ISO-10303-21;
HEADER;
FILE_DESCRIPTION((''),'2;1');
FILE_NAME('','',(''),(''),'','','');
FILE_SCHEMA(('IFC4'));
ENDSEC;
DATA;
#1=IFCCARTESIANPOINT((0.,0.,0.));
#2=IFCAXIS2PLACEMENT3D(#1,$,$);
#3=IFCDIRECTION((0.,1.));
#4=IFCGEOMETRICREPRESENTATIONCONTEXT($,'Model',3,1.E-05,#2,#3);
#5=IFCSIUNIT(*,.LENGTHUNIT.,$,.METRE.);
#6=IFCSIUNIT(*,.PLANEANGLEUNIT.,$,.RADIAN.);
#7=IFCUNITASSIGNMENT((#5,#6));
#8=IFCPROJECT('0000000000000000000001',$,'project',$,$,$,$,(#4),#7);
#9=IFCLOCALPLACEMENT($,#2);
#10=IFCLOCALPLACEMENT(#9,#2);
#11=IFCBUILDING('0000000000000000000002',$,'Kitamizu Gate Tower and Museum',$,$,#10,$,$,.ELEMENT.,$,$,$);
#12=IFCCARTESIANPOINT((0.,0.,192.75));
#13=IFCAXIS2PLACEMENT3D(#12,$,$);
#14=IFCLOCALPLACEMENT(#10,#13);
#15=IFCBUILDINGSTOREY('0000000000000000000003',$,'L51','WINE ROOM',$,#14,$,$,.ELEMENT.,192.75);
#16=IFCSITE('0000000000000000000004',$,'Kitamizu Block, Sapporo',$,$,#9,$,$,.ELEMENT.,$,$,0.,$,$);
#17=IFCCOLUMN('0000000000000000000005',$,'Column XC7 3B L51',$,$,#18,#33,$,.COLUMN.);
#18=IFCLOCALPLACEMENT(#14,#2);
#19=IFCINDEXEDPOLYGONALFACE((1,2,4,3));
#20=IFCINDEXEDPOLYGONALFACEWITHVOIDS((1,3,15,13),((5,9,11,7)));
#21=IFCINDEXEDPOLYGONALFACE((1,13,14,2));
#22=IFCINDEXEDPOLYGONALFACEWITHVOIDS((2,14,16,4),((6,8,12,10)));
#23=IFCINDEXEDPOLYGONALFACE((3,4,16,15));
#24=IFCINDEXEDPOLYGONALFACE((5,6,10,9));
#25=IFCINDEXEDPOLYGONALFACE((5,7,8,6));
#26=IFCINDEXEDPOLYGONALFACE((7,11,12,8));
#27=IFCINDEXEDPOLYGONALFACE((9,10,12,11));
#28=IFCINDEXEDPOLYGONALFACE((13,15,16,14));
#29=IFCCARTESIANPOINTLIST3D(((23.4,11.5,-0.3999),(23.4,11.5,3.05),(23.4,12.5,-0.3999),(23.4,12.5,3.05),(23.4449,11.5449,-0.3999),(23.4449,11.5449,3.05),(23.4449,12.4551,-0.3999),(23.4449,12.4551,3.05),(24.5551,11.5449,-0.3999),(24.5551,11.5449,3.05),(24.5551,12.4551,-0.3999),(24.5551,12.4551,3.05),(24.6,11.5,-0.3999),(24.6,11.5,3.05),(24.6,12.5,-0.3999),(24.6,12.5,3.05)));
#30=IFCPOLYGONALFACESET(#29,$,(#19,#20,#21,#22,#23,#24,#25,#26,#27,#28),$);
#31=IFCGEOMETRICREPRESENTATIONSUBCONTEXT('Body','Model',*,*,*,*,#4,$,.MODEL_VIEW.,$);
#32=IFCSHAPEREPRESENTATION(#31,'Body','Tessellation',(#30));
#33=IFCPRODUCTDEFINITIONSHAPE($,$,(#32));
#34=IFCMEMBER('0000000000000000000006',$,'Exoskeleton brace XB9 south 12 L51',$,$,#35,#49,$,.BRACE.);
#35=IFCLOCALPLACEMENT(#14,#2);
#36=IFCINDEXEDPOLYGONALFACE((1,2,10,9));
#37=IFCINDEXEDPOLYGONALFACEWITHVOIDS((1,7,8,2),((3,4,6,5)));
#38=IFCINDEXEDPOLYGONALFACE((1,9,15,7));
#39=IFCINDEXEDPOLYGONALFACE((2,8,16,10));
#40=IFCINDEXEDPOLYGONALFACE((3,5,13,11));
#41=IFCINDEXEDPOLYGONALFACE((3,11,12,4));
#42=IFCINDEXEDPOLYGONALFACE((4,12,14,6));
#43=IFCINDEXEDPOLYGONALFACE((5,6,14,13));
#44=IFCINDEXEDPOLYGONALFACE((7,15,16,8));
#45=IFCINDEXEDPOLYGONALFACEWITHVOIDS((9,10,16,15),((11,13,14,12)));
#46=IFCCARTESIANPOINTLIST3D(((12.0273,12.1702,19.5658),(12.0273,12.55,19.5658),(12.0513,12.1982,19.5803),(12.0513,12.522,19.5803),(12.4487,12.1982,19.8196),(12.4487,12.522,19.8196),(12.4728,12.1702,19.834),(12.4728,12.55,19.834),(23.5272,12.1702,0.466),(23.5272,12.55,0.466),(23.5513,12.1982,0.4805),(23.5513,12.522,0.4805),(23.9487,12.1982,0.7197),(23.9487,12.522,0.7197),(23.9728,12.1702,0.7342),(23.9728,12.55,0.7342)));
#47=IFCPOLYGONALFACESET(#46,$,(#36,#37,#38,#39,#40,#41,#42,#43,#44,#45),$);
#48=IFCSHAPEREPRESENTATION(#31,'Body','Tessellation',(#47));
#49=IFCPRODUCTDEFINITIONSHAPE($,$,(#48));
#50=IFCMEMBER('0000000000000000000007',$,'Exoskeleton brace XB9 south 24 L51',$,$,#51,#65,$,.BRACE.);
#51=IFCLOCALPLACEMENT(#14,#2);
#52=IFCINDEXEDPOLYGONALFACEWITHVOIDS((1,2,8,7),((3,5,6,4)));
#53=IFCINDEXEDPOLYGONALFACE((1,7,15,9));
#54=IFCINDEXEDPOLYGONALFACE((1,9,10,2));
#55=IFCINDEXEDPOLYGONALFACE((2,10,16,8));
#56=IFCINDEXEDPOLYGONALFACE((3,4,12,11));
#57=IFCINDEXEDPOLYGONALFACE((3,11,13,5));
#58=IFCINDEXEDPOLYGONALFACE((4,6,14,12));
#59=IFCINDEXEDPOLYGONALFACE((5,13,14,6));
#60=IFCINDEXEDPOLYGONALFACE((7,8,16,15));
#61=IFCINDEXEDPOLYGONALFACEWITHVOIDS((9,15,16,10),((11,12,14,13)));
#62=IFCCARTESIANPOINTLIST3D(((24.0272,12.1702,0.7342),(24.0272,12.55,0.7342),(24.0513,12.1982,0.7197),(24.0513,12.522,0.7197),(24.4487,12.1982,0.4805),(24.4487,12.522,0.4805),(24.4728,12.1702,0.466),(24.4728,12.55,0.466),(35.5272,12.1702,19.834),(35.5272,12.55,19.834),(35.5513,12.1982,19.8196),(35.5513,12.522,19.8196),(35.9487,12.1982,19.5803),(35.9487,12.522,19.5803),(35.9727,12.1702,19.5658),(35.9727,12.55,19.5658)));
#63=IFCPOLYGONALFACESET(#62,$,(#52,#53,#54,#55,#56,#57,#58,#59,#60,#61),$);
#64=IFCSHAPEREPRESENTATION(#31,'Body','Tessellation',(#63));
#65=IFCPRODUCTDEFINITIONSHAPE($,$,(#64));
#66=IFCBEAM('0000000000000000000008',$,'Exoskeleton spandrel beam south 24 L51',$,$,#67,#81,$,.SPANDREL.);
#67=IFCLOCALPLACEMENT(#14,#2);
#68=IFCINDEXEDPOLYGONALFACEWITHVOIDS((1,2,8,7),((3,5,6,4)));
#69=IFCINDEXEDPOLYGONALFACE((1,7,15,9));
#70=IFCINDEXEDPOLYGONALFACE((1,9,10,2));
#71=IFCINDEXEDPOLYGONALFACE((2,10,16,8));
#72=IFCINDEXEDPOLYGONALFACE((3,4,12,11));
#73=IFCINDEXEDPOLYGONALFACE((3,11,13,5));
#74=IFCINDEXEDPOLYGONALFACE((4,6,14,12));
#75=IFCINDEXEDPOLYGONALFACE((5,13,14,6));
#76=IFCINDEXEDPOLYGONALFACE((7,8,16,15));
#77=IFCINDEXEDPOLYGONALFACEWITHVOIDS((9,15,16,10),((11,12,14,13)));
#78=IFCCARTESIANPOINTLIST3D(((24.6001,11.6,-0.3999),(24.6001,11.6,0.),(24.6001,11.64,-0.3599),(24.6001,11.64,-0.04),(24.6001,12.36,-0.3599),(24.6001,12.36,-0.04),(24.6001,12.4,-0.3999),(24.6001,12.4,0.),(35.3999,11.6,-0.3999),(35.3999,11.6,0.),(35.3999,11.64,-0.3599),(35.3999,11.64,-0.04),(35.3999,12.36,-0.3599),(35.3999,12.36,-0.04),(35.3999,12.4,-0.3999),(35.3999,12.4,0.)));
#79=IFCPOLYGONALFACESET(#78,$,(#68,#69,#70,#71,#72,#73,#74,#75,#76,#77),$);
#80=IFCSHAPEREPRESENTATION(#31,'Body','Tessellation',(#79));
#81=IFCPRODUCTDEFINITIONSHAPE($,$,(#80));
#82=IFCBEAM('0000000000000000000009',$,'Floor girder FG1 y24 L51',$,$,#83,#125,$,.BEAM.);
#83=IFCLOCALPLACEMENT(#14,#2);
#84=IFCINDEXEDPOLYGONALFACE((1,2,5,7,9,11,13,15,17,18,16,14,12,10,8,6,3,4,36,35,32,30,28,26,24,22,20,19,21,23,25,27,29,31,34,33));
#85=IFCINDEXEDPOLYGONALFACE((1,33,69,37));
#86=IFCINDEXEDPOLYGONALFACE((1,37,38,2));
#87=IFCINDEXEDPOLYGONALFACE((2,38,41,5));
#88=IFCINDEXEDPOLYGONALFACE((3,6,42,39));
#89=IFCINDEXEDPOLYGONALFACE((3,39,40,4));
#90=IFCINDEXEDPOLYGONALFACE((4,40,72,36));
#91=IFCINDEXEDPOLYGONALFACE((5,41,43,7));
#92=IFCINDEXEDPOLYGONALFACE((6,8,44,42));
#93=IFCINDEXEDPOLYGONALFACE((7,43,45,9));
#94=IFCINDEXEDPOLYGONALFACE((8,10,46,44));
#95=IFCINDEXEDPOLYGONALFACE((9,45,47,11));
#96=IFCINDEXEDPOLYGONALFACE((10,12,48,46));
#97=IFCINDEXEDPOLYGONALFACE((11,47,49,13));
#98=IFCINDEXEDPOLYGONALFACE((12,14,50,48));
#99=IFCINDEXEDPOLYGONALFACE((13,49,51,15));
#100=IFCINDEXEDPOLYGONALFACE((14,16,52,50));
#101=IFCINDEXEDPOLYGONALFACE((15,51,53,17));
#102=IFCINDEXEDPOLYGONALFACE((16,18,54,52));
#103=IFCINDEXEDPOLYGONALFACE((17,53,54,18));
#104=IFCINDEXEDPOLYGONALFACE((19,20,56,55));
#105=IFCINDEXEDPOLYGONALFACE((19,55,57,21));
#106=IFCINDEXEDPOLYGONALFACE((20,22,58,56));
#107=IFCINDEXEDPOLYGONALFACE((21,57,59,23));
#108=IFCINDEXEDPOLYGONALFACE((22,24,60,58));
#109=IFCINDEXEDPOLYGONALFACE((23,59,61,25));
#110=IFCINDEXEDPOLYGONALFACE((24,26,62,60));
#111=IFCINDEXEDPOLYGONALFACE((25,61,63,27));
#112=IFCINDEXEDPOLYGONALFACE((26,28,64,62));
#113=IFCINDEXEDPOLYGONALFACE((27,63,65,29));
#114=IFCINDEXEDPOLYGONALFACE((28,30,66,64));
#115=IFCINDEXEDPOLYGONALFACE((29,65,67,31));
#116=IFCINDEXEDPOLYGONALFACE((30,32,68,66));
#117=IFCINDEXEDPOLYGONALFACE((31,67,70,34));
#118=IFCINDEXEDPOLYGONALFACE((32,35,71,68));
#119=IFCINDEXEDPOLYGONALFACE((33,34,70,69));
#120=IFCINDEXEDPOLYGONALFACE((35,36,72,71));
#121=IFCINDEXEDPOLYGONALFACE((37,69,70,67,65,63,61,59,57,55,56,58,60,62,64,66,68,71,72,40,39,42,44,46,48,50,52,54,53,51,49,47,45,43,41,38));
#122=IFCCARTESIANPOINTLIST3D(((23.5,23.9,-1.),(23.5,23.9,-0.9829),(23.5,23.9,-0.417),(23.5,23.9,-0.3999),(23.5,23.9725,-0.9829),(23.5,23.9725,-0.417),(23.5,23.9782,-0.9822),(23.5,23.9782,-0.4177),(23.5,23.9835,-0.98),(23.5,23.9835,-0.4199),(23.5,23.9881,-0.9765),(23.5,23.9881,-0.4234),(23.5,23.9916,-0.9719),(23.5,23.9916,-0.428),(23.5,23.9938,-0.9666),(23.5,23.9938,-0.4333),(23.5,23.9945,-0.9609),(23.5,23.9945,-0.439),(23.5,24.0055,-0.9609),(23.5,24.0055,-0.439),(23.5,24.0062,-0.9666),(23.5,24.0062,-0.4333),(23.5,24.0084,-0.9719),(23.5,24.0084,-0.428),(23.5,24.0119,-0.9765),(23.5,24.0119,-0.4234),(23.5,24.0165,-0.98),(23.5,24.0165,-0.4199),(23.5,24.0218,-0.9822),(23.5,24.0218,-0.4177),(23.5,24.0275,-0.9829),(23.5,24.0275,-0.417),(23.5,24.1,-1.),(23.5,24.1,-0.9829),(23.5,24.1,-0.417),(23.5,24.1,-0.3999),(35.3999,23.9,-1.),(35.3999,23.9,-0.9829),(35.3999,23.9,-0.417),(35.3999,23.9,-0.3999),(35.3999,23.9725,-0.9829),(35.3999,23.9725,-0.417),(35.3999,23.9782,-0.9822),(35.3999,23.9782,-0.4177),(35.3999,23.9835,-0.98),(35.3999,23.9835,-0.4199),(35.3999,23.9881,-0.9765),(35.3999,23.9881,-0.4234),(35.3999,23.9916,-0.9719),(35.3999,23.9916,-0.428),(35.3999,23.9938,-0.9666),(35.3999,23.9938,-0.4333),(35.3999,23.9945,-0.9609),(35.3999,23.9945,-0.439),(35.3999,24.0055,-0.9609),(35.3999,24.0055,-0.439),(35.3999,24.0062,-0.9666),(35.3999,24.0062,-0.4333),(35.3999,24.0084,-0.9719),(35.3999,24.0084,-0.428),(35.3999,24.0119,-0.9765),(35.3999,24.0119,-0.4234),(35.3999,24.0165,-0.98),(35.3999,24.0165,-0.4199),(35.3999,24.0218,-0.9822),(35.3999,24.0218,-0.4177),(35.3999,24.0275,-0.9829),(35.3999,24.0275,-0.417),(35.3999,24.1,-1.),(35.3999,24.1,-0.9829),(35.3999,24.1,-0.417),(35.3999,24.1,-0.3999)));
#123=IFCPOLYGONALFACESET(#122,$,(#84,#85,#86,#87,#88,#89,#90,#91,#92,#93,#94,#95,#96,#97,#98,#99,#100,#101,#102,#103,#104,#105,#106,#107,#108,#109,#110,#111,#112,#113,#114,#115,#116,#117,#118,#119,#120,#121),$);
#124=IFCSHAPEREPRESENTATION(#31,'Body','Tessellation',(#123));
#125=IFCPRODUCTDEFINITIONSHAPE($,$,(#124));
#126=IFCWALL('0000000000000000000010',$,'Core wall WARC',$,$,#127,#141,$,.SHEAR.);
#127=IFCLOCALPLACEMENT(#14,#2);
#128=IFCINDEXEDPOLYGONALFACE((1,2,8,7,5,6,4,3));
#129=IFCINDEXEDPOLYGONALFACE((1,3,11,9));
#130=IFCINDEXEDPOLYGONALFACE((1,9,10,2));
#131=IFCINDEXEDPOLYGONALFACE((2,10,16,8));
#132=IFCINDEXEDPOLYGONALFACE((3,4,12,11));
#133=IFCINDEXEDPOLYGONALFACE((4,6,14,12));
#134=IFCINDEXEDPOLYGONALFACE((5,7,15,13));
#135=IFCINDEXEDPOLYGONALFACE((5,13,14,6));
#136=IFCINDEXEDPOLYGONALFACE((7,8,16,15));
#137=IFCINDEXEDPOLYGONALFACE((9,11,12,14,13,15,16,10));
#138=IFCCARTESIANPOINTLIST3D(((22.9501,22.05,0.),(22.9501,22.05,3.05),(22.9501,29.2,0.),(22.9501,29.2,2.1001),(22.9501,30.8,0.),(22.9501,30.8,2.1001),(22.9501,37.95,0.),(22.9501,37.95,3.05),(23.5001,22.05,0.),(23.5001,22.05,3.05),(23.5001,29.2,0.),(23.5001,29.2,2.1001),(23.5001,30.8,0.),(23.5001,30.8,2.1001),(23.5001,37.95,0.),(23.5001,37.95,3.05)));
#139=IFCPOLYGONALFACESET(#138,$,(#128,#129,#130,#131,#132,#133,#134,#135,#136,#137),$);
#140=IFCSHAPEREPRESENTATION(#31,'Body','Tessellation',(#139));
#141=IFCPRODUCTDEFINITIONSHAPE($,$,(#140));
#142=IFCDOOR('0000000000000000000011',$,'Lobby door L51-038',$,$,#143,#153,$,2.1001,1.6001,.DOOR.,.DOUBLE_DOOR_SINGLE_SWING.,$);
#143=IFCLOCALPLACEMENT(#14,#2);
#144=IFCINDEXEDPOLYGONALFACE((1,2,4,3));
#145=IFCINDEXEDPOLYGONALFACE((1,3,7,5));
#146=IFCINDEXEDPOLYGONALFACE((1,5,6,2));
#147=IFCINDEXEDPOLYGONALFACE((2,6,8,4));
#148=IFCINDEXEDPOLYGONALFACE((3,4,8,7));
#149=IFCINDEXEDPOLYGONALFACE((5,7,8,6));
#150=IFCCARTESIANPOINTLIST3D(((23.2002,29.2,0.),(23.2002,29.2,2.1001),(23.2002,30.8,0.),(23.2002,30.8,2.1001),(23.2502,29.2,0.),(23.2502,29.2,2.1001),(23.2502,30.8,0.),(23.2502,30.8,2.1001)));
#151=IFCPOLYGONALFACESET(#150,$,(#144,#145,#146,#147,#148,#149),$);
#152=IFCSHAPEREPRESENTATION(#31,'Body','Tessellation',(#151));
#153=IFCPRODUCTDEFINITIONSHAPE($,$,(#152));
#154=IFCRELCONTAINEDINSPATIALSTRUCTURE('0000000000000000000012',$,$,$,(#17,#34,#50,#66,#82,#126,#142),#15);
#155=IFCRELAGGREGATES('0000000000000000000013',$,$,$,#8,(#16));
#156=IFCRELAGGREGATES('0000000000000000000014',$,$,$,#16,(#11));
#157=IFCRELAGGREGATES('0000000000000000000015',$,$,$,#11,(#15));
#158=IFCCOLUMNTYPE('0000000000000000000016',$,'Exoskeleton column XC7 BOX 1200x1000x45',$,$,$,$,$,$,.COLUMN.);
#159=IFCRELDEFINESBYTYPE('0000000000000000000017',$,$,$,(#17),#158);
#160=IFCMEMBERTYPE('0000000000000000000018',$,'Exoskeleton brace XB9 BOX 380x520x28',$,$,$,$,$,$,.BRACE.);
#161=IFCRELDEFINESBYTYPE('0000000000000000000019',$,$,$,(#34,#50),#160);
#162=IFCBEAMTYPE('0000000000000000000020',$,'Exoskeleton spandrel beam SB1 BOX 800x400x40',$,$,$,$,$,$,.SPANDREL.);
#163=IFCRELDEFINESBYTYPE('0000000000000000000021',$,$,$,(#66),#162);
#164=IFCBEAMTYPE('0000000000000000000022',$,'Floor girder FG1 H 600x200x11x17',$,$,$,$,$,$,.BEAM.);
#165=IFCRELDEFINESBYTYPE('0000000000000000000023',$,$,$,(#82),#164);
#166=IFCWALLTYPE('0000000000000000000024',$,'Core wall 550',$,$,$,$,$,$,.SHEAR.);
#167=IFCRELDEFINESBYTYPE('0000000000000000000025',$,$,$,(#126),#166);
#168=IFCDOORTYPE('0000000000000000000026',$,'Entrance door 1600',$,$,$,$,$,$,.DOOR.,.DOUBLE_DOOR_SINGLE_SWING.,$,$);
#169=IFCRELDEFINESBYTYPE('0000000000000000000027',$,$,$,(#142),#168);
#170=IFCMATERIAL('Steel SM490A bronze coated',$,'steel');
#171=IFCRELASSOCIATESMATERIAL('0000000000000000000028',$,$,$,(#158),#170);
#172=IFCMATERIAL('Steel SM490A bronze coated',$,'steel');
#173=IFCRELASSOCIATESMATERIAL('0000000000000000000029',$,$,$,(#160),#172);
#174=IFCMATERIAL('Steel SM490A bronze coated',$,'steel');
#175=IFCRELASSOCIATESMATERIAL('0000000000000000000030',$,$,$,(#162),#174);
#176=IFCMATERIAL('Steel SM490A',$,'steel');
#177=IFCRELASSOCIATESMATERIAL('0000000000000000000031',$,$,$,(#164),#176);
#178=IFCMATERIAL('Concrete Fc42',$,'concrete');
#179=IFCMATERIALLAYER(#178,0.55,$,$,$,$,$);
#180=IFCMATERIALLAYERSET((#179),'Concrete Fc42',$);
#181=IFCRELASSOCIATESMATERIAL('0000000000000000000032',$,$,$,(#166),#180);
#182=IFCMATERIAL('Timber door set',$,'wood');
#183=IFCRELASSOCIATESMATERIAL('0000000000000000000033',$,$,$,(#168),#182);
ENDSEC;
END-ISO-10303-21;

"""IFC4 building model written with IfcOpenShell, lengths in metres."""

from ifc_helpers import new_model, si_unit, direction, frame, frame_2d, origin, origin_2d, place, context, subcontext, project, spatial, rectangle, hollow_rectangle, i_section, extrude, material, layer, layer_set, material_profile, profile_set, type_object, element, fill, save


model = new_model("IFC4")

# Units and contexts
model_context = context("Model", 3, precision=1e-05, world=origin(), true_north=direction((0.0, 1.0)))
body_context = subcontext(model_context, "Body", "Model", "MODEL_VIEW")
ifc_project = project(units=[si_unit("LENGTHUNIT", "METRE"), si_unit("PLANEANGLEUNIT", "RADIAN")], contexts=[model_context])

# Site, building, storey
site_placement = place(None, origin())
site = spatial("IfcSite", under=ifc_project, at=site_placement, Name="Kitamizu Block, Sapporo", CompositionType="ELEMENT", RefElevation=0.0)
building_placement = place(site_placement, origin())
building = spatial("IfcBuilding", under=site, at=building_placement, Name="Kitamizu Gate Tower and Museum", CompositionType="ELEMENT")
storey_placement = place(building_placement, frame((0.0, 0.0, 192.75)))
storey = spatial("IfcBuildingStorey", under=building, at=storey_placement, Name="L51", Description="WINE ROOM", CompositionType="ELEMENT", Elevation=192.75)

# Column
ifc_material_1 = material(Name="Steel SM490A bronze coated", Category="steel")
ifc_material_profile_1 = material_profile(ifc_material_1, hollow_rectangle(XDim=1.2, YDim=1.0, WallThickness=0.0449, at=origin_2d()), Name="BOX 1200x1000x45")
ifc_profile_set_1 = profile_set([ifc_material_profile_1], Name="Steel SM490A bronze coated")
column_type = type_object("IfcColumnType", Name="Exoskeleton column XC7 BOX 1200x1000x45", PredefinedType="COLUMN", material=ifc_profile_set_1)
column_placement = place(storey_placement, frame((24.0, 12.0, -0.3999), z_axis=(0.0, 0.0, 1.0), x_axis=(1.0, 0.0, 0.0)))
element("IfcColumn", 1, at=column_placement, inside=storey, type_object=column_type, Name="Column XC7 3B L51", PredefinedType="COLUMN", context=body_context, shape_type="SweptSolid", body=[
    extrude(hollow_rectangle(XDim=1.2, YDim=1.0, WallThickness=0.0449, at=origin_2d()), origin(), (0.0, 0.0, 1.0), 3.45),
])

# Members
ifc_material_2 = material(Name="Steel SM490A bronze coated", Category="steel")
ifc_material_profile_2 = material_profile(ifc_material_2, hollow_rectangle(XDim=0.3799, YDim=0.52, WallThickness=0.0281, at=origin_2d()), Name="BOX 380x520x28")
ifc_profile_set_2 = profile_set([ifc_material_profile_2], Name="Steel SM490A bronze coated")
member_type = type_object("IfcMemberType", Name="Exoskeleton brace XB9 BOX 380x520x28", PredefinedType="BRACE", material=ifc_profile_set_2)
for number, where, z_axis, x_axis, name in (
    (2, (23.75, 12.3601, 0.6001), (-0.515817, 0.0, 0.856699), (0.0, -1.0, 0.0), "Exoskeleton brace XB9 south 12 L51"),
    (3, (24.25, 12.3601, 0.6001), (0.515817, 0.0, 0.856699), (0.0, 1.0, 0.0), "Exoskeleton brace XB9 south 24 L51"),
):
    element("IfcMember", number, at=place(storey_placement, frame(where, z_axis=z_axis, x_axis=x_axis)), inside=storey, type_object=member_type, Name=name, PredefinedType="BRACE", context=body_context, shape_type="SweptSolid", body=[
        extrude(hollow_rectangle(XDim=0.3799, YDim=0.52, WallThickness=0.0281, at=origin_2d()), origin(), (0.0, 0.0, 1.0), 22.2947),
    ])

# Beams
ifc_material_3 = material(Name="Steel SM490A bronze coated", Category="steel")
ifc_material_profile_3 = material_profile(ifc_material_3, hollow_rectangle(XDim=0.8, YDim=0.3999, WallThickness=0.04, at=origin_2d()), Name="BOX 800x400x40")
ifc_profile_set_3 = profile_set([ifc_material_profile_3], Name="Steel SM490A bronze coated")
beam_type_1 = type_object("IfcBeamType", Name="Exoskeleton spandrel beam SB1 BOX 800x400x40", PredefinedType="SPANDREL", material=ifc_profile_set_3)
beam_1_placement = place(storey_placement, frame((24.6001, 12.0, -0.2), z_axis=(1.0, 0.0, 0.0), x_axis=(0.0, 1.0, 0.0)))
element("IfcBeam", 4, at=beam_1_placement, inside=storey, type_object=beam_type_1, Name="Exoskeleton spandrel beam south 24 L51", PredefinedType="SPANDREL", context=body_context, shape_type="SweptSolid", body=[
    extrude(hollow_rectangle(XDim=0.8, YDim=0.3999, WallThickness=0.04, at=origin_2d()), origin(), (0.0, 0.0, 1.0), 10.7998),
])
ifc_material_4 = material(Name="Steel SM490A", Category="steel")
ifc_material_profile_4 = material_profile(ifc_material_4, i_section(OverallWidth=0.2, OverallDepth=0.6001, WebThickness=0.011, FlangeThickness=0.0171, FilletRadius=0.022, at=origin_2d()), Name="H-600x200x11x17")
ifc_profile_set_4 = profile_set([ifc_material_profile_4], Name="Steel SM490A")
beam_type_2 = type_object("IfcBeamType", Name="Floor girder FG1 H 600x200x11x17", PredefinedType="BEAM", material=ifc_profile_set_4)
beam_2_placement = place(storey_placement, frame((23.5, 24.0, -0.7), z_axis=(1.0, 0.0, 0.0), x_axis=(0.0, 1.0, 0.0)))
element("IfcBeam", 5, at=beam_2_placement, inside=storey, type_object=beam_type_2, Name="Floor girder FG1 y24 L51", PredefinedType="BEAM", context=body_context, shape_type="SweptSolid", body=[
    extrude(i_section(OverallWidth=0.2, OverallDepth=0.6001, WebThickness=0.011, FlangeThickness=0.0171, FilletRadius=0.022, at=origin_2d()), origin(), (0.0, 0.0, 1.0), 11.8999),
])

# Wall, opening, door
ifc_material_5 = material(Name="Concrete Fc42", Category="concrete")
ifc_layer_1 = layer(ifc_material_5, 0.55)
ifc_layer_set_1 = layer_set([ifc_layer_1], Name="Concrete Fc42")
wall_type_1 = type_object("IfcWallType", Name="Core wall 550", PredefinedType="SHEAR", material=ifc_layer_set_1)
wall_1_placement = place(storey_placement, frame((23.2251, 22.05, 0.0), z_axis=(0.0, 0.0, 1.0), x_axis=(0.0, 1.0, 0.0)))
wall_1 = element("IfcWall", 6, at=wall_1_placement, inside=storey, type_object=wall_type_1, Name="Core wall WARC", PredefinedType="SHEAR", context=body_context, shape_type="SweptSolid", body=[
    extrude(rectangle(XDim=15.8999, YDim=0.55, at=frame_2d((7.95, 0.0))), origin(), (0.0, 0.0, 1.0), 3.05),
])
opening_1_placement = place(wall_1_placement, frame((7.1499, 0.0, 0.0)))
opening_1 = element("IfcOpeningElement", 7, at=opening_1_placement, cuts=wall_1, PredefinedType="OPENING", context=body_context, shape_type="SweptSolid", body=[
    extrude(rectangle(XDim=1.6001, YDim=2.1001, at=frame_2d((0.8, 1.05))), frame((0.0, 0.2852, 0.0), z_axis=(0.0, -1.0, 0.0), x_axis=(1.0, 0.0, 0.0)), (0.0, 0.0, 1.0), 0.5701),
])
ifc_material_6 = material(Name="Timber door set", Category="wood")
door_type_1 = type_object("IfcDoorType", Name="Entrance door 1600", OperationType="DOUBLE_DOOR_SINGLE_SWING", PredefinedType="DOOR", material=ifc_material_6)
door_1_placement = place(opening_1_placement, origin())
door_1 = element("IfcDoor", 8, at=door_1_placement, inside=storey, type_object=door_type_1, Name="Lobby door L51-038", OperationType="DOUBLE_DOOR_SINGLE_SWING", OverallHeight=2.1001, OverallWidth=1.6001, PredefinedType="DOOR", context=body_context, shape_type="SweptSolid", body=[
    extrude(rectangle(XDim=1.6001, YDim=2.1001, at=frame_2d((0.8, 1.05))), frame((0.0, 0.0249, 0.0), z_axis=(0.0, -1.0, 0.0), x_axis=(1.0, 0.0, 0.0)), (0.0, 0.0, 1.0), 0.05),
])
fill(opening_1, door_1)

save(model, "model.ifc")
